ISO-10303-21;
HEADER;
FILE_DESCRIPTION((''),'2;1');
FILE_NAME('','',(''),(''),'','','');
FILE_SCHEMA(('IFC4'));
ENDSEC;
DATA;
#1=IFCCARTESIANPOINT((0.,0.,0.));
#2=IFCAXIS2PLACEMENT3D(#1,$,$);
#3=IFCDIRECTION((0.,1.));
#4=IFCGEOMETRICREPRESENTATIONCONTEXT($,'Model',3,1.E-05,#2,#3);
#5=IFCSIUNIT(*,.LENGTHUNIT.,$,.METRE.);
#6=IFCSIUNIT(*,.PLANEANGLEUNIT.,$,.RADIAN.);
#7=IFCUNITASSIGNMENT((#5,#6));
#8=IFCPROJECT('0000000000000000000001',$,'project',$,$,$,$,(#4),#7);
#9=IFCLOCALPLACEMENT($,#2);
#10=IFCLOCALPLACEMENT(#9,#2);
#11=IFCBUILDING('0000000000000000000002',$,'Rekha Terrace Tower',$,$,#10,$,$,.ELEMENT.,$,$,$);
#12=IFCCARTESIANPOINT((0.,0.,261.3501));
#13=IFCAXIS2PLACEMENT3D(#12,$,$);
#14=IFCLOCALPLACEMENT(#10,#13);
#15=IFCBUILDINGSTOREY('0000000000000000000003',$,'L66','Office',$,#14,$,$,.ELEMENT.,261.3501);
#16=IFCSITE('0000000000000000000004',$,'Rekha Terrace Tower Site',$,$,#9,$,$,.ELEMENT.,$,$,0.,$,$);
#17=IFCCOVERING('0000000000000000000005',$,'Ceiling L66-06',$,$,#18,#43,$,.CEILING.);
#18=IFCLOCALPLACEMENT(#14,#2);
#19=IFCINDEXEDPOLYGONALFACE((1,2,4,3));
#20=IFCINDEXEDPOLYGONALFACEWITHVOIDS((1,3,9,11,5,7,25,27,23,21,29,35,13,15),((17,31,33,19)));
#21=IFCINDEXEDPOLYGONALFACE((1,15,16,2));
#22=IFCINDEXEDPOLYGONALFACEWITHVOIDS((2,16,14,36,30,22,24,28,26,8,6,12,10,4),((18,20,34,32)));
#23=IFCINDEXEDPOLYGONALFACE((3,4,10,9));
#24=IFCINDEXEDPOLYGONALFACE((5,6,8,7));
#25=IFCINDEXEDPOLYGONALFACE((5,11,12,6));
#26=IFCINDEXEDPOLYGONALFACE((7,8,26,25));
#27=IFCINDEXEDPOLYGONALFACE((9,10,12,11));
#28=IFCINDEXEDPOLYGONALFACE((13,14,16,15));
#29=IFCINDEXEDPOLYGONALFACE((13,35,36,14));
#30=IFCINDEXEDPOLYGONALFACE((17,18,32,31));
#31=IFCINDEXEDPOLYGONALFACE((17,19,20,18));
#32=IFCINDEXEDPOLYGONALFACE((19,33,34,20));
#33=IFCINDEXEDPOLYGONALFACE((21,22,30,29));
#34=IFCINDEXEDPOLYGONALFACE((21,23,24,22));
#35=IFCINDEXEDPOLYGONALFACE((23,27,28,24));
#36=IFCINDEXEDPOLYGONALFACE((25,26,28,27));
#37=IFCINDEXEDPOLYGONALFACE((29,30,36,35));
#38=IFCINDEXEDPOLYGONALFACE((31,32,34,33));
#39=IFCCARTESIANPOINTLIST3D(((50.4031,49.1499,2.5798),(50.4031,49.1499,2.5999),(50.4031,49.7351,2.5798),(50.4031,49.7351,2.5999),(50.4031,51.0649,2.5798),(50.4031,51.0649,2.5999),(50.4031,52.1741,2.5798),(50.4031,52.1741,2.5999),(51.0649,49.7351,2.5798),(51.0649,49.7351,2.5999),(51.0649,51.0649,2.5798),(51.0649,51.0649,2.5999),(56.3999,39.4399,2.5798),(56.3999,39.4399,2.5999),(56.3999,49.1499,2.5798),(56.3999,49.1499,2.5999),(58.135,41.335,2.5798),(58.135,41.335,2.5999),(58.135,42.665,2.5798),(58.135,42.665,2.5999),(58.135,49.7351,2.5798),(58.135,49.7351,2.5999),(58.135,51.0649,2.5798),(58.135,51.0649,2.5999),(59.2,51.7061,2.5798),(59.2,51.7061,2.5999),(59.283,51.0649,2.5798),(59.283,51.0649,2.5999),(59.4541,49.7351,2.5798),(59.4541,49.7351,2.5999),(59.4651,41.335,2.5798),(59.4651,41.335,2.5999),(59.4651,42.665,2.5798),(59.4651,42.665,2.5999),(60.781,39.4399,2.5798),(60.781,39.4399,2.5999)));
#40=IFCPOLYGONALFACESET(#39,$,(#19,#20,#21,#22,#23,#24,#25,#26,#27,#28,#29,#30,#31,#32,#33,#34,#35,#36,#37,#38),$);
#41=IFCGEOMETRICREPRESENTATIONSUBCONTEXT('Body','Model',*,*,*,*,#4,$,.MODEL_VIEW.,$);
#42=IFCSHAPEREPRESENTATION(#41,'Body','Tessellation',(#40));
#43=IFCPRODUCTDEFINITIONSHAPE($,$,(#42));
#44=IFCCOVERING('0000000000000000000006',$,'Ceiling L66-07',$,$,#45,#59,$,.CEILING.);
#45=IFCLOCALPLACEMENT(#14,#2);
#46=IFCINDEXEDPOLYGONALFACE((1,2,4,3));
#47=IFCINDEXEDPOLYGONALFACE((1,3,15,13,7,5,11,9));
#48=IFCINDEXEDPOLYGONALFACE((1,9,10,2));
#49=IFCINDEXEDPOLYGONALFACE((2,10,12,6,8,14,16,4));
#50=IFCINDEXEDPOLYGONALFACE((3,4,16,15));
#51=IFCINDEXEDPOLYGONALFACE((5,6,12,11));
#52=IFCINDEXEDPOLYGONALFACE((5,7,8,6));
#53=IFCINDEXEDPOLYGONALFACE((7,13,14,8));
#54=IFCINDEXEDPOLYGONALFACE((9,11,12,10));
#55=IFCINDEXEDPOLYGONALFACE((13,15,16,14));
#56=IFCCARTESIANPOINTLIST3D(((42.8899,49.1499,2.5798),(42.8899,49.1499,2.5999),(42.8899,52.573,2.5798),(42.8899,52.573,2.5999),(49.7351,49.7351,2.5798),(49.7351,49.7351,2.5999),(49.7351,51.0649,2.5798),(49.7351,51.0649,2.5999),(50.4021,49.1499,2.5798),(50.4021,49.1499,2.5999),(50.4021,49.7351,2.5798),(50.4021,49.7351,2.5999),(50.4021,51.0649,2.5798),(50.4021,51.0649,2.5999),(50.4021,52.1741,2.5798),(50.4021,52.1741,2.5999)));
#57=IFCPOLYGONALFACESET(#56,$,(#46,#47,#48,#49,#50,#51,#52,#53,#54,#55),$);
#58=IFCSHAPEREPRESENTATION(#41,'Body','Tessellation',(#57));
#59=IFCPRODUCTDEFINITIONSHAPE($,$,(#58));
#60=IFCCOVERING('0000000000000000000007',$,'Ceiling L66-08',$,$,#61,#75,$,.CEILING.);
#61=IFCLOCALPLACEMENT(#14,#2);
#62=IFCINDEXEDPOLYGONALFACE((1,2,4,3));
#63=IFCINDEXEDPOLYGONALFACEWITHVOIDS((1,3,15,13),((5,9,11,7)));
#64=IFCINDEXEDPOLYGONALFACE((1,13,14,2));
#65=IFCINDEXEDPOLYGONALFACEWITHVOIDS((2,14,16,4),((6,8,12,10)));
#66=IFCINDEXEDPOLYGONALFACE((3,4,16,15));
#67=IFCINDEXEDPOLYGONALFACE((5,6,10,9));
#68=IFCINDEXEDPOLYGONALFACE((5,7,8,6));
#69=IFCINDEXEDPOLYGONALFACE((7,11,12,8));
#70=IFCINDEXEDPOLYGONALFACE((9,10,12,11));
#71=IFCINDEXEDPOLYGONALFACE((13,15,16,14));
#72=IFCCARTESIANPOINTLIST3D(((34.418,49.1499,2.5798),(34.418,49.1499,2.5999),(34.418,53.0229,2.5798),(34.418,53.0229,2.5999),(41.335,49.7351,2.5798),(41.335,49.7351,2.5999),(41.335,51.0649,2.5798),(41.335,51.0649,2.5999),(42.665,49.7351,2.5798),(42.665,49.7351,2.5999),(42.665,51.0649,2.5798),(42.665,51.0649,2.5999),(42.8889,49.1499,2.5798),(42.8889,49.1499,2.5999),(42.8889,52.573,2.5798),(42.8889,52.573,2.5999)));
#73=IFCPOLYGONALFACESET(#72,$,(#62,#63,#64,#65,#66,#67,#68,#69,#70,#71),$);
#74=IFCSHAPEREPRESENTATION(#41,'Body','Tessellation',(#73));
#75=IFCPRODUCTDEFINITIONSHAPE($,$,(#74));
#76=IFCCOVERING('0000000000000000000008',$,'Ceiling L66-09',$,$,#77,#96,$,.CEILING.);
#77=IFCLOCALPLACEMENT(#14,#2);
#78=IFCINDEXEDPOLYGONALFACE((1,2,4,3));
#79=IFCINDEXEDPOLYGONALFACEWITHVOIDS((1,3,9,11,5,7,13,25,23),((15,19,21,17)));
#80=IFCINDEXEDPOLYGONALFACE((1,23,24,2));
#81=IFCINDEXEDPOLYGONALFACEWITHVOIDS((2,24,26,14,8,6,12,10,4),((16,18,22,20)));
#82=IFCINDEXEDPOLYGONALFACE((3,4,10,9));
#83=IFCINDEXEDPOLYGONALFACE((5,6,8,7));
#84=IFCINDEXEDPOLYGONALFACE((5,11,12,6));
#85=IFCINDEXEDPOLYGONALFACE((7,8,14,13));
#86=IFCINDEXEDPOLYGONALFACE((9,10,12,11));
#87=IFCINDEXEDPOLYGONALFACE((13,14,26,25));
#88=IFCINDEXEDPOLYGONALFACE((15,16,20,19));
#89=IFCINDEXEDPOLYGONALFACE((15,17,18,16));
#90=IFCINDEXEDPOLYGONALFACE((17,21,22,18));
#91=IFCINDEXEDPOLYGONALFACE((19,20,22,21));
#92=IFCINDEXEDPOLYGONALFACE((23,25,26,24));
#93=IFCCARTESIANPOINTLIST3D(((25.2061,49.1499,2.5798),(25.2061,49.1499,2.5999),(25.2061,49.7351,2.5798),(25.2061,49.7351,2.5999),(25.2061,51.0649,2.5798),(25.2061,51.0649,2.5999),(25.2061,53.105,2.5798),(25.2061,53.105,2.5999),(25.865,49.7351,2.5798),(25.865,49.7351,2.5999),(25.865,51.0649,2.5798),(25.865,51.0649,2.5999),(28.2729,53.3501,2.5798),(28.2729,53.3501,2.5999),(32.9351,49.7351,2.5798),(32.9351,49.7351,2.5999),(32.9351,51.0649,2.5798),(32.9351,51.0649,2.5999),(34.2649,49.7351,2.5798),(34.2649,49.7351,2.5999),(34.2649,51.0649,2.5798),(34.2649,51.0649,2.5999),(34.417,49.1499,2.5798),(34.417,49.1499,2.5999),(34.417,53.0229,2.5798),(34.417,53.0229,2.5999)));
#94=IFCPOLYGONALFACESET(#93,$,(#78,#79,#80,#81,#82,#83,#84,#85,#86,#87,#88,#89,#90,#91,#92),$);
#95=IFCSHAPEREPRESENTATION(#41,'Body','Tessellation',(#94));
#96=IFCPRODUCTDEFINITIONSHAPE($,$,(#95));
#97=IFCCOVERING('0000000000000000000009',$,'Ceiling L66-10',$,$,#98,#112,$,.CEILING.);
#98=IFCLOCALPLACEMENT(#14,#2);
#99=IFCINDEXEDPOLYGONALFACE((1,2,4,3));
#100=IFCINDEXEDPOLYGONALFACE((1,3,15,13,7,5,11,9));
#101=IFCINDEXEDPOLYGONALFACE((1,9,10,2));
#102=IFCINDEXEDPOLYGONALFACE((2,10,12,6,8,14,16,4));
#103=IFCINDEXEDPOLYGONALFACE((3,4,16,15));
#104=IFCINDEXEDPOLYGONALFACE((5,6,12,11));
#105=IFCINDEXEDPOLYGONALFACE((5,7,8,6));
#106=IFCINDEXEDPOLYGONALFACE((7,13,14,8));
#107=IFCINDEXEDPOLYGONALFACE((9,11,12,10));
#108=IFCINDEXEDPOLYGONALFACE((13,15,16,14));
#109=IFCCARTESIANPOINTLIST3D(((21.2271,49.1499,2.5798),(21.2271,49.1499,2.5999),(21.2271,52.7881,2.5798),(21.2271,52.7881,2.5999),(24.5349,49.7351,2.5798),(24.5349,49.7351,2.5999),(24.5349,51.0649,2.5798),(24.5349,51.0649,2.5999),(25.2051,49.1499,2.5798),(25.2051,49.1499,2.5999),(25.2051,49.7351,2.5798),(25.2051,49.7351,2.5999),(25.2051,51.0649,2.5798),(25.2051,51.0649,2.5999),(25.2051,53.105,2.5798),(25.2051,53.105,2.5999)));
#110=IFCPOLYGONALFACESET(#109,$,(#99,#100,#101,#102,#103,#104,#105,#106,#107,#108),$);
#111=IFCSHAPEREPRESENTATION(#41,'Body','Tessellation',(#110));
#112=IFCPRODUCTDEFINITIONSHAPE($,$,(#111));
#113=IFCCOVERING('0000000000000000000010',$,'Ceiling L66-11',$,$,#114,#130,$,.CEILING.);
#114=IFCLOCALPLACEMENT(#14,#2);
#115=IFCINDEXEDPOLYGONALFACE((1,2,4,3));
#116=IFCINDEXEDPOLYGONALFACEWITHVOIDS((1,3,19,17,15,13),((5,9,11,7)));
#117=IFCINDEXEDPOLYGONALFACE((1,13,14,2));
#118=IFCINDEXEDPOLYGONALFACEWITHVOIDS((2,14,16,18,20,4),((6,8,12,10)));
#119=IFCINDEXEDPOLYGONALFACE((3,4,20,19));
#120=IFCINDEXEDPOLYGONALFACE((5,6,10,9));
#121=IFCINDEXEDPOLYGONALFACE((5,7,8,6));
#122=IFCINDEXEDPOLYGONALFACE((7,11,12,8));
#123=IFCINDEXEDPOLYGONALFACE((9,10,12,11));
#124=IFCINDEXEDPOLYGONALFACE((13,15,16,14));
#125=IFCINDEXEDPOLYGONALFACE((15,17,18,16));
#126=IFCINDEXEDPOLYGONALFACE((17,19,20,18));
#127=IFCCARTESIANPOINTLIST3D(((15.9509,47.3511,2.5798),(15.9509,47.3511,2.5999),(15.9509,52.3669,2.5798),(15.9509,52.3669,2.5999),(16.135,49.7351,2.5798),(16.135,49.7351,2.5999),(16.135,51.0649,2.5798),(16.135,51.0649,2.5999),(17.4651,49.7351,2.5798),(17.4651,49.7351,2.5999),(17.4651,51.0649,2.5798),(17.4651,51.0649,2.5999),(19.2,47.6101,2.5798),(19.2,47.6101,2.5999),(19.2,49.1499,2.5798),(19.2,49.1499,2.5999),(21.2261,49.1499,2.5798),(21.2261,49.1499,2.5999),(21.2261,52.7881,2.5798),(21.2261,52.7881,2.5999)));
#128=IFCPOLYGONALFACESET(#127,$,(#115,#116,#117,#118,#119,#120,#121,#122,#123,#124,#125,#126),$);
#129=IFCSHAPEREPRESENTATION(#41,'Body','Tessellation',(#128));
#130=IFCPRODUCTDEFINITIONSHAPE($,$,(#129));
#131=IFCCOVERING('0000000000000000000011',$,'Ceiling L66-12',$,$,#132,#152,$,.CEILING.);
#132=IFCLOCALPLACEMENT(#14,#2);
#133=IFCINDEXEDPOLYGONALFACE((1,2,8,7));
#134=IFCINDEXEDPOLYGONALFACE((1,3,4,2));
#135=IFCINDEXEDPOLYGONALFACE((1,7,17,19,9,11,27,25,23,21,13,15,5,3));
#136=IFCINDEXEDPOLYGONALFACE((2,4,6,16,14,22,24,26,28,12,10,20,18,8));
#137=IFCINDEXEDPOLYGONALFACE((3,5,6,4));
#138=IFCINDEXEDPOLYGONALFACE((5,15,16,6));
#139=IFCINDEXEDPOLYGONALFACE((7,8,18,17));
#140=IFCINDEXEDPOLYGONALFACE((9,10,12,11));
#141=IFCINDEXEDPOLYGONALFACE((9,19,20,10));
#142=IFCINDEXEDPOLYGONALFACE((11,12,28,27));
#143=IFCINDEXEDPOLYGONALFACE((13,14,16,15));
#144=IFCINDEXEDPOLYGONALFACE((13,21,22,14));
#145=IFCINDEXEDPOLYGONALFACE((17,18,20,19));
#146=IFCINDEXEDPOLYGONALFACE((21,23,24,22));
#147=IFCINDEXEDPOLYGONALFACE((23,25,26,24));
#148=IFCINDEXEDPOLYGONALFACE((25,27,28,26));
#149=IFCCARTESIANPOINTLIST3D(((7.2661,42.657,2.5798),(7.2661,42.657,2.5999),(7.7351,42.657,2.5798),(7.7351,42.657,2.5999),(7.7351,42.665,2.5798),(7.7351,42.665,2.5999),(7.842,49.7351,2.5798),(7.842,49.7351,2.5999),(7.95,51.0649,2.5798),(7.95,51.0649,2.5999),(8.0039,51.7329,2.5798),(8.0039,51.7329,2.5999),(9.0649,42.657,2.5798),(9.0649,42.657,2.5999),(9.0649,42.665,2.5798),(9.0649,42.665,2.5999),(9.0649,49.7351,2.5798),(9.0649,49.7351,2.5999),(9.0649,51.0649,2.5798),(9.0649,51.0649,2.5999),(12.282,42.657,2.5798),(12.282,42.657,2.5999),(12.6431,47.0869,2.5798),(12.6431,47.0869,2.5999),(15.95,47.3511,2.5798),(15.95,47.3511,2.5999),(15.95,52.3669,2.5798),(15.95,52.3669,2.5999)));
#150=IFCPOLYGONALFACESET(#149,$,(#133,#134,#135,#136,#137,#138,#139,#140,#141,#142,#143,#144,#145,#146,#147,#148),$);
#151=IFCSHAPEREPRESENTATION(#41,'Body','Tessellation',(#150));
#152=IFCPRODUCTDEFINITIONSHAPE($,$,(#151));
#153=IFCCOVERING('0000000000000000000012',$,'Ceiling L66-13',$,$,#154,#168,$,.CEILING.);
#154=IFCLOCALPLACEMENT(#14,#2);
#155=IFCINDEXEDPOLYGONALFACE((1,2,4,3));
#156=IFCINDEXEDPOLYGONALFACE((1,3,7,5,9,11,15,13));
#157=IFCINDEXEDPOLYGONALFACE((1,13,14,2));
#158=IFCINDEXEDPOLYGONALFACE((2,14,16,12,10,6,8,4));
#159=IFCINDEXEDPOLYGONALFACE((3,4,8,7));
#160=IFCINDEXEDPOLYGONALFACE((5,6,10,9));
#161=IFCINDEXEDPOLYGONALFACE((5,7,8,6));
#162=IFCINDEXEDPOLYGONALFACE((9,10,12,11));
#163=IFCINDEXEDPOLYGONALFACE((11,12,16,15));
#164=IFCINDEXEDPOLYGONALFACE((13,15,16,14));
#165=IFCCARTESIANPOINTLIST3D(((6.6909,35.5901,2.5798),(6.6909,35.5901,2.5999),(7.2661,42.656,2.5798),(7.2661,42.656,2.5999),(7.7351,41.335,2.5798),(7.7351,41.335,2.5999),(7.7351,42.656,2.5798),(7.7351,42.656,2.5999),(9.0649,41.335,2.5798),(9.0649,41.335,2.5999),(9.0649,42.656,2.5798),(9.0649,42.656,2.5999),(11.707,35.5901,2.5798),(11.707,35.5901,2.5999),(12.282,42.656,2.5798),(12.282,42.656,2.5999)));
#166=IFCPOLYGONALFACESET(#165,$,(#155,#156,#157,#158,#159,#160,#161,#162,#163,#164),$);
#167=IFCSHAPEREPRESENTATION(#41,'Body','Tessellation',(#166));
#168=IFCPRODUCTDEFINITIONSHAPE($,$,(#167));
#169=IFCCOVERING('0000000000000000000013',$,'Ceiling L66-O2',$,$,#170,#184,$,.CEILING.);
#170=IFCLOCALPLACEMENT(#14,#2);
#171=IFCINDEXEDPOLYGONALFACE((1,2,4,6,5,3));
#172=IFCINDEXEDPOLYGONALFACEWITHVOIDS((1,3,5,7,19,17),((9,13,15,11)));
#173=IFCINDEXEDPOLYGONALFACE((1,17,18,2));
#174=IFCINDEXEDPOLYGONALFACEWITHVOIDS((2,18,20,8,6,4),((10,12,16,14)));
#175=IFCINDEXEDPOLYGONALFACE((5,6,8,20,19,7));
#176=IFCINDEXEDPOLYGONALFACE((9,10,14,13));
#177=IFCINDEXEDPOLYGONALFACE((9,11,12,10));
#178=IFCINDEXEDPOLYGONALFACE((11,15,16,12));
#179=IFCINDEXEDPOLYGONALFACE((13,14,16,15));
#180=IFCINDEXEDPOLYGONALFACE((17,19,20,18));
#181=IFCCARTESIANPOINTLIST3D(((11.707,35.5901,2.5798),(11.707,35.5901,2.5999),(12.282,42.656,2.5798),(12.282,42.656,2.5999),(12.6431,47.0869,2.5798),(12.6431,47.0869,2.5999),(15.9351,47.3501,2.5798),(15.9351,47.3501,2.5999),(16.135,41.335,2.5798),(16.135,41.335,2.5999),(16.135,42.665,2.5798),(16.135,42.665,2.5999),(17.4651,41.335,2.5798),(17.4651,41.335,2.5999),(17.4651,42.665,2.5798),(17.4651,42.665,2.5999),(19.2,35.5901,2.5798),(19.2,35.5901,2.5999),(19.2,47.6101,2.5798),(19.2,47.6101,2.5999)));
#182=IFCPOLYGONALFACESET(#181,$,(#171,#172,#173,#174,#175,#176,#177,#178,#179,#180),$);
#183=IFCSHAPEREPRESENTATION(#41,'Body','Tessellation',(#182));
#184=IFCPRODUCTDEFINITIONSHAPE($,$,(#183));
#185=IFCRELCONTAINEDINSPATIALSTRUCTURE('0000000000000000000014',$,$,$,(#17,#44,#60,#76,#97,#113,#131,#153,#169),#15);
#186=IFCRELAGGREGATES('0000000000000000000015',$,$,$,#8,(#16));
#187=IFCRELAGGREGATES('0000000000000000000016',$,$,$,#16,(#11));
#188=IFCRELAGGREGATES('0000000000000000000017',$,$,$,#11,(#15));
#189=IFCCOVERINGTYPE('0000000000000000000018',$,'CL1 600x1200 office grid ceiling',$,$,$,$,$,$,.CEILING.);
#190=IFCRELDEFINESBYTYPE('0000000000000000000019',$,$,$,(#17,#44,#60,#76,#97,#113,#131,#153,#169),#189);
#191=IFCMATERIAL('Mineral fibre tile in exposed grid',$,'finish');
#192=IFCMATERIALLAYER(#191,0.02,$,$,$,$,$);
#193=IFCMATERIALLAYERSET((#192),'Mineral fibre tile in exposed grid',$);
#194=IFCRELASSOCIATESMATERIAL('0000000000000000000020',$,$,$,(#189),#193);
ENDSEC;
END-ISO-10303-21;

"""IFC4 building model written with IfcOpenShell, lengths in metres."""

from ifc_helpers import new_model, si_unit, direction, frame, origin, place, context, subcontext, project, spatial, polyline, outline, extrude, material, layer, layer_set, type_object, element, save


model = new_model("IFC4")

# Units and contexts
model_context = context("Model", 3, precision=1e-05, world=origin(), true_north=direction((0.0, 1.0)))
body_context = subcontext(model_context, "Body", "Model", "MODEL_VIEW")
ifc_project = project(units=[si_unit("LENGTHUNIT", "METRE"), si_unit("PLANEANGLEUNIT", "RADIAN")], contexts=[model_context])

# Site, building, storey
site_placement = place(None, origin())
site = spatial("IfcSite", under=ifc_project, at=site_placement, Name="Rekha Terrace Tower Site", CompositionType="ELEMENT", RefElevation=0.0)
building_placement = place(site_placement, origin())
building = spatial("IfcBuilding", under=site, at=building_placement, Name="Rekha Terrace Tower", CompositionType="ELEMENT")
storey_placement = place(building_placement, frame((0.0, 0.0, 261.3501)))
storey = spatial("IfcBuildingStorey", under=building, at=storey_placement, Name="L66", Description="Office", CompositionType="ELEMENT", Elevation=261.3501)

# Coverings
ifc_material_1 = material(Name="Mineral fibre tile in exposed grid", Category="finish")
ifc_layer_1 = layer(ifc_material_1, 0.02)
ifc_layer_set_1 = layer_set([ifc_layer_1], Name="Mineral fibre tile in exposed grid")
covering_type_1 = type_object("IfcCoveringType", Name="CL1 600x1200 office grid ceiling", PredefinedType="CEILING", material=ifc_layer_set_1)
covering_1_placement = place(storey_placement, frame((0.0, 0.0, 2.5798)))
element("IfcCovering", 1, at=covering_1_placement, inside=storey, type_object=covering_type_1, Name="Ceiling L66-06", PredefinedType="CEILING", context=body_context, shape_type="SweptSolid", body=[
    extrude(outline(polyline([(51.0649, 49.7351), (50.4031, 49.7351), (50.4031, 49.1499), (56.3999, 49.1499), (56.3999, 39.4399), (60.781, 39.4399), (59.4541, 49.7351), (58.135, 49.7351), (58.135, 51.0649), (59.283, 51.0649), (59.2, 51.7061), (50.4031, 52.1741), (50.4031, 51.0649), (51.0649, 51.0649), (51.0649, 49.7351)]), holes=[polyline([(59.4651, 41.335), (58.135, 41.335), (58.135, 42.665), (59.4651, 42.665), (59.4651, 41.335)])]), origin(), (0.0, 0.0, 1.0), 0.02),
])
covering_2_placement = place(storey_placement, frame((0.0, 0.0, 2.5798)))
element("IfcCovering", 2, at=covering_2_placement, inside=storey, type_object=covering_type_1, Name="Ceiling L66-07", PredefinedType="CEILING", context=body_context, shape_type="SweptSolid", body=[
    extrude(outline(polyline([(50.4021, 51.0649), (50.4021, 52.1741), (42.8899, 52.573), (42.8899, 49.1499), (50.4021, 49.1499), (50.4021, 49.7351), (49.7351, 49.7351), (49.7351, 51.0649), (50.4021, 51.0649)])), origin(), (0.0, 0.0, 1.0), 0.02),
])
covering_3_placement = place(storey_placement, frame((0.0, 0.0, 2.5798)))
element("IfcCovering", 3, at=covering_3_placement, inside=storey, type_object=covering_type_1, Name="Ceiling L66-08", PredefinedType="CEILING", context=body_context, shape_type="SweptSolid", body=[
    extrude(outline(polyline([(42.8889, 49.1499), (42.8889, 52.573), (34.418, 53.0229), (34.418, 49.1499), (42.8889, 49.1499)]), holes=[polyline([(42.665, 49.7351), (41.335, 49.7351), (41.335, 51.0649), (42.665, 51.0649), (42.665, 49.7351)])]), origin(), (0.0, 0.0, 1.0), 0.02),
])
covering_4_placement = place(storey_placement, frame((0.0, 0.0, 2.5798)))
element("IfcCovering", 4, at=covering_4_placement, inside=storey, type_object=covering_type_1, Name="Ceiling L66-09", PredefinedType="CEILING", context=body_context, shape_type="SweptSolid", body=[
    extrude(outline(polyline([(34.417, 53.0229), (28.2729, 53.3501), (25.2061, 53.105), (25.2061, 51.0649), (25.865, 51.0649), (25.865, 49.7351), (25.2061, 49.7351), (25.2061, 49.1499), (34.417, 49.1499), (34.417, 53.0229)]), holes=[polyline([(34.2649, 49.7351), (32.9351, 49.7351), (32.9351, 51.0649), (34.2649, 51.0649), (34.2649, 49.7351)])]), origin(), (0.0, 0.0, 1.0), 0.02),
])
covering_5_placement = place(storey_placement, frame((0.0, 0.0, 2.5798)))
element("IfcCovering", 5, at=covering_5_placement, inside=storey, type_object=covering_type_1, Name="Ceiling L66-10", PredefinedType="CEILING", context=body_context, shape_type="SweptSolid", body=[
    extrude(outline(polyline([(25.2051, 51.0649), (25.2051, 53.105), (21.2271, 52.7881), (21.2271, 49.1499), (25.2051, 49.1499), (25.2051, 49.7351), (24.5349, 49.7351), (24.5349, 51.0649), (25.2051, 51.0649)])), origin(), (0.0, 0.0, 1.0), 0.02),
])
covering_6_placement = place(storey_placement, frame((0.0, 0.0, 2.5798)))
element("IfcCovering", 6, at=covering_6_placement, inside=storey, type_object=covering_type_1, Name="Ceiling L66-11", PredefinedType="CEILING", context=body_context, shape_type="SweptSolid", body=[
    extrude(outline(polyline([(15.9509, 52.3669), (15.9509, 47.3511), (19.2, 47.6101), (19.2, 49.1499), (21.2261, 49.1499), (21.2261, 52.7881), (15.9509, 52.3669)]), holes=[polyline([(17.4651, 49.7351), (16.135, 49.7351), (16.135, 51.0649), (17.4651, 51.0649), (17.4651, 49.7351)])]), origin(), (0.0, 0.0, 1.0), 0.02),
])
covering_7_placement = place(storey_placement, frame((0.0, 0.0, 2.5798)))
element("IfcCovering", 7, at=covering_7_placement, inside=storey, type_object=covering_type_1, Name="Ceiling L66-12", PredefinedType="CEILING", context=body_context, shape_type="SweptSolid", body=[
    extrude(outline(polyline([(7.2661, 42.657), (7.7351, 42.657), (7.7351, 42.665), (9.0649, 42.665), (9.0649, 42.657), (12.282, 42.657), (12.6431, 47.0869), (15.95, 47.3511), (15.95, 52.3669), (8.0039, 51.7329), (7.95, 51.0649), (9.0649, 51.0649), (9.0649, 49.7351), (7.842, 49.7351), (7.2661, 42.657)])), origin(), (0.0, 0.0, 1.0), 0.02),
])
covering_8_placement = place(storey_placement, frame((0.0, 0.0, 2.5798)))
element("IfcCovering", 8, at=covering_8_placement, inside=storey, type_object=covering_type_1, Name="Ceiling L66-13", PredefinedType="CEILING", context=body_context, shape_type="SweptSolid", body=[
    extrude(outline(polyline([(7.7351, 42.656), (7.2661, 42.656), (6.6909, 35.5901), (11.707, 35.5901), (12.282, 42.656), (9.0649, 42.656), (9.0649, 41.335), (7.7351, 41.335), (7.7351, 42.656)])), origin(), (0.0, 0.0, 1.0), 0.02),
])
covering_9_placement = place(storey_placement, frame((0.0, 0.0, 2.5798)))
element("IfcCovering", 9, at=covering_9_placement, inside=storey, type_object=covering_type_1, Name="Ceiling L66-O2", PredefinedType="CEILING", context=body_context, shape_type="SweptSolid", body=[
    extrude(outline(polyline([(12.6431, 47.0869), (12.282, 42.656), (11.707, 35.5901), (19.2, 35.5901), (19.2, 47.6101), (15.9351, 47.3501), (12.6431, 47.0869)]), holes=[polyline([(17.4651, 41.335), (16.135, 41.335), (16.135, 42.665), (17.4651, 42.665), (17.4651, 41.335)])]), origin(), (0.0, 0.0, 1.0), 0.02),
])

save(model, "model.ifc")
